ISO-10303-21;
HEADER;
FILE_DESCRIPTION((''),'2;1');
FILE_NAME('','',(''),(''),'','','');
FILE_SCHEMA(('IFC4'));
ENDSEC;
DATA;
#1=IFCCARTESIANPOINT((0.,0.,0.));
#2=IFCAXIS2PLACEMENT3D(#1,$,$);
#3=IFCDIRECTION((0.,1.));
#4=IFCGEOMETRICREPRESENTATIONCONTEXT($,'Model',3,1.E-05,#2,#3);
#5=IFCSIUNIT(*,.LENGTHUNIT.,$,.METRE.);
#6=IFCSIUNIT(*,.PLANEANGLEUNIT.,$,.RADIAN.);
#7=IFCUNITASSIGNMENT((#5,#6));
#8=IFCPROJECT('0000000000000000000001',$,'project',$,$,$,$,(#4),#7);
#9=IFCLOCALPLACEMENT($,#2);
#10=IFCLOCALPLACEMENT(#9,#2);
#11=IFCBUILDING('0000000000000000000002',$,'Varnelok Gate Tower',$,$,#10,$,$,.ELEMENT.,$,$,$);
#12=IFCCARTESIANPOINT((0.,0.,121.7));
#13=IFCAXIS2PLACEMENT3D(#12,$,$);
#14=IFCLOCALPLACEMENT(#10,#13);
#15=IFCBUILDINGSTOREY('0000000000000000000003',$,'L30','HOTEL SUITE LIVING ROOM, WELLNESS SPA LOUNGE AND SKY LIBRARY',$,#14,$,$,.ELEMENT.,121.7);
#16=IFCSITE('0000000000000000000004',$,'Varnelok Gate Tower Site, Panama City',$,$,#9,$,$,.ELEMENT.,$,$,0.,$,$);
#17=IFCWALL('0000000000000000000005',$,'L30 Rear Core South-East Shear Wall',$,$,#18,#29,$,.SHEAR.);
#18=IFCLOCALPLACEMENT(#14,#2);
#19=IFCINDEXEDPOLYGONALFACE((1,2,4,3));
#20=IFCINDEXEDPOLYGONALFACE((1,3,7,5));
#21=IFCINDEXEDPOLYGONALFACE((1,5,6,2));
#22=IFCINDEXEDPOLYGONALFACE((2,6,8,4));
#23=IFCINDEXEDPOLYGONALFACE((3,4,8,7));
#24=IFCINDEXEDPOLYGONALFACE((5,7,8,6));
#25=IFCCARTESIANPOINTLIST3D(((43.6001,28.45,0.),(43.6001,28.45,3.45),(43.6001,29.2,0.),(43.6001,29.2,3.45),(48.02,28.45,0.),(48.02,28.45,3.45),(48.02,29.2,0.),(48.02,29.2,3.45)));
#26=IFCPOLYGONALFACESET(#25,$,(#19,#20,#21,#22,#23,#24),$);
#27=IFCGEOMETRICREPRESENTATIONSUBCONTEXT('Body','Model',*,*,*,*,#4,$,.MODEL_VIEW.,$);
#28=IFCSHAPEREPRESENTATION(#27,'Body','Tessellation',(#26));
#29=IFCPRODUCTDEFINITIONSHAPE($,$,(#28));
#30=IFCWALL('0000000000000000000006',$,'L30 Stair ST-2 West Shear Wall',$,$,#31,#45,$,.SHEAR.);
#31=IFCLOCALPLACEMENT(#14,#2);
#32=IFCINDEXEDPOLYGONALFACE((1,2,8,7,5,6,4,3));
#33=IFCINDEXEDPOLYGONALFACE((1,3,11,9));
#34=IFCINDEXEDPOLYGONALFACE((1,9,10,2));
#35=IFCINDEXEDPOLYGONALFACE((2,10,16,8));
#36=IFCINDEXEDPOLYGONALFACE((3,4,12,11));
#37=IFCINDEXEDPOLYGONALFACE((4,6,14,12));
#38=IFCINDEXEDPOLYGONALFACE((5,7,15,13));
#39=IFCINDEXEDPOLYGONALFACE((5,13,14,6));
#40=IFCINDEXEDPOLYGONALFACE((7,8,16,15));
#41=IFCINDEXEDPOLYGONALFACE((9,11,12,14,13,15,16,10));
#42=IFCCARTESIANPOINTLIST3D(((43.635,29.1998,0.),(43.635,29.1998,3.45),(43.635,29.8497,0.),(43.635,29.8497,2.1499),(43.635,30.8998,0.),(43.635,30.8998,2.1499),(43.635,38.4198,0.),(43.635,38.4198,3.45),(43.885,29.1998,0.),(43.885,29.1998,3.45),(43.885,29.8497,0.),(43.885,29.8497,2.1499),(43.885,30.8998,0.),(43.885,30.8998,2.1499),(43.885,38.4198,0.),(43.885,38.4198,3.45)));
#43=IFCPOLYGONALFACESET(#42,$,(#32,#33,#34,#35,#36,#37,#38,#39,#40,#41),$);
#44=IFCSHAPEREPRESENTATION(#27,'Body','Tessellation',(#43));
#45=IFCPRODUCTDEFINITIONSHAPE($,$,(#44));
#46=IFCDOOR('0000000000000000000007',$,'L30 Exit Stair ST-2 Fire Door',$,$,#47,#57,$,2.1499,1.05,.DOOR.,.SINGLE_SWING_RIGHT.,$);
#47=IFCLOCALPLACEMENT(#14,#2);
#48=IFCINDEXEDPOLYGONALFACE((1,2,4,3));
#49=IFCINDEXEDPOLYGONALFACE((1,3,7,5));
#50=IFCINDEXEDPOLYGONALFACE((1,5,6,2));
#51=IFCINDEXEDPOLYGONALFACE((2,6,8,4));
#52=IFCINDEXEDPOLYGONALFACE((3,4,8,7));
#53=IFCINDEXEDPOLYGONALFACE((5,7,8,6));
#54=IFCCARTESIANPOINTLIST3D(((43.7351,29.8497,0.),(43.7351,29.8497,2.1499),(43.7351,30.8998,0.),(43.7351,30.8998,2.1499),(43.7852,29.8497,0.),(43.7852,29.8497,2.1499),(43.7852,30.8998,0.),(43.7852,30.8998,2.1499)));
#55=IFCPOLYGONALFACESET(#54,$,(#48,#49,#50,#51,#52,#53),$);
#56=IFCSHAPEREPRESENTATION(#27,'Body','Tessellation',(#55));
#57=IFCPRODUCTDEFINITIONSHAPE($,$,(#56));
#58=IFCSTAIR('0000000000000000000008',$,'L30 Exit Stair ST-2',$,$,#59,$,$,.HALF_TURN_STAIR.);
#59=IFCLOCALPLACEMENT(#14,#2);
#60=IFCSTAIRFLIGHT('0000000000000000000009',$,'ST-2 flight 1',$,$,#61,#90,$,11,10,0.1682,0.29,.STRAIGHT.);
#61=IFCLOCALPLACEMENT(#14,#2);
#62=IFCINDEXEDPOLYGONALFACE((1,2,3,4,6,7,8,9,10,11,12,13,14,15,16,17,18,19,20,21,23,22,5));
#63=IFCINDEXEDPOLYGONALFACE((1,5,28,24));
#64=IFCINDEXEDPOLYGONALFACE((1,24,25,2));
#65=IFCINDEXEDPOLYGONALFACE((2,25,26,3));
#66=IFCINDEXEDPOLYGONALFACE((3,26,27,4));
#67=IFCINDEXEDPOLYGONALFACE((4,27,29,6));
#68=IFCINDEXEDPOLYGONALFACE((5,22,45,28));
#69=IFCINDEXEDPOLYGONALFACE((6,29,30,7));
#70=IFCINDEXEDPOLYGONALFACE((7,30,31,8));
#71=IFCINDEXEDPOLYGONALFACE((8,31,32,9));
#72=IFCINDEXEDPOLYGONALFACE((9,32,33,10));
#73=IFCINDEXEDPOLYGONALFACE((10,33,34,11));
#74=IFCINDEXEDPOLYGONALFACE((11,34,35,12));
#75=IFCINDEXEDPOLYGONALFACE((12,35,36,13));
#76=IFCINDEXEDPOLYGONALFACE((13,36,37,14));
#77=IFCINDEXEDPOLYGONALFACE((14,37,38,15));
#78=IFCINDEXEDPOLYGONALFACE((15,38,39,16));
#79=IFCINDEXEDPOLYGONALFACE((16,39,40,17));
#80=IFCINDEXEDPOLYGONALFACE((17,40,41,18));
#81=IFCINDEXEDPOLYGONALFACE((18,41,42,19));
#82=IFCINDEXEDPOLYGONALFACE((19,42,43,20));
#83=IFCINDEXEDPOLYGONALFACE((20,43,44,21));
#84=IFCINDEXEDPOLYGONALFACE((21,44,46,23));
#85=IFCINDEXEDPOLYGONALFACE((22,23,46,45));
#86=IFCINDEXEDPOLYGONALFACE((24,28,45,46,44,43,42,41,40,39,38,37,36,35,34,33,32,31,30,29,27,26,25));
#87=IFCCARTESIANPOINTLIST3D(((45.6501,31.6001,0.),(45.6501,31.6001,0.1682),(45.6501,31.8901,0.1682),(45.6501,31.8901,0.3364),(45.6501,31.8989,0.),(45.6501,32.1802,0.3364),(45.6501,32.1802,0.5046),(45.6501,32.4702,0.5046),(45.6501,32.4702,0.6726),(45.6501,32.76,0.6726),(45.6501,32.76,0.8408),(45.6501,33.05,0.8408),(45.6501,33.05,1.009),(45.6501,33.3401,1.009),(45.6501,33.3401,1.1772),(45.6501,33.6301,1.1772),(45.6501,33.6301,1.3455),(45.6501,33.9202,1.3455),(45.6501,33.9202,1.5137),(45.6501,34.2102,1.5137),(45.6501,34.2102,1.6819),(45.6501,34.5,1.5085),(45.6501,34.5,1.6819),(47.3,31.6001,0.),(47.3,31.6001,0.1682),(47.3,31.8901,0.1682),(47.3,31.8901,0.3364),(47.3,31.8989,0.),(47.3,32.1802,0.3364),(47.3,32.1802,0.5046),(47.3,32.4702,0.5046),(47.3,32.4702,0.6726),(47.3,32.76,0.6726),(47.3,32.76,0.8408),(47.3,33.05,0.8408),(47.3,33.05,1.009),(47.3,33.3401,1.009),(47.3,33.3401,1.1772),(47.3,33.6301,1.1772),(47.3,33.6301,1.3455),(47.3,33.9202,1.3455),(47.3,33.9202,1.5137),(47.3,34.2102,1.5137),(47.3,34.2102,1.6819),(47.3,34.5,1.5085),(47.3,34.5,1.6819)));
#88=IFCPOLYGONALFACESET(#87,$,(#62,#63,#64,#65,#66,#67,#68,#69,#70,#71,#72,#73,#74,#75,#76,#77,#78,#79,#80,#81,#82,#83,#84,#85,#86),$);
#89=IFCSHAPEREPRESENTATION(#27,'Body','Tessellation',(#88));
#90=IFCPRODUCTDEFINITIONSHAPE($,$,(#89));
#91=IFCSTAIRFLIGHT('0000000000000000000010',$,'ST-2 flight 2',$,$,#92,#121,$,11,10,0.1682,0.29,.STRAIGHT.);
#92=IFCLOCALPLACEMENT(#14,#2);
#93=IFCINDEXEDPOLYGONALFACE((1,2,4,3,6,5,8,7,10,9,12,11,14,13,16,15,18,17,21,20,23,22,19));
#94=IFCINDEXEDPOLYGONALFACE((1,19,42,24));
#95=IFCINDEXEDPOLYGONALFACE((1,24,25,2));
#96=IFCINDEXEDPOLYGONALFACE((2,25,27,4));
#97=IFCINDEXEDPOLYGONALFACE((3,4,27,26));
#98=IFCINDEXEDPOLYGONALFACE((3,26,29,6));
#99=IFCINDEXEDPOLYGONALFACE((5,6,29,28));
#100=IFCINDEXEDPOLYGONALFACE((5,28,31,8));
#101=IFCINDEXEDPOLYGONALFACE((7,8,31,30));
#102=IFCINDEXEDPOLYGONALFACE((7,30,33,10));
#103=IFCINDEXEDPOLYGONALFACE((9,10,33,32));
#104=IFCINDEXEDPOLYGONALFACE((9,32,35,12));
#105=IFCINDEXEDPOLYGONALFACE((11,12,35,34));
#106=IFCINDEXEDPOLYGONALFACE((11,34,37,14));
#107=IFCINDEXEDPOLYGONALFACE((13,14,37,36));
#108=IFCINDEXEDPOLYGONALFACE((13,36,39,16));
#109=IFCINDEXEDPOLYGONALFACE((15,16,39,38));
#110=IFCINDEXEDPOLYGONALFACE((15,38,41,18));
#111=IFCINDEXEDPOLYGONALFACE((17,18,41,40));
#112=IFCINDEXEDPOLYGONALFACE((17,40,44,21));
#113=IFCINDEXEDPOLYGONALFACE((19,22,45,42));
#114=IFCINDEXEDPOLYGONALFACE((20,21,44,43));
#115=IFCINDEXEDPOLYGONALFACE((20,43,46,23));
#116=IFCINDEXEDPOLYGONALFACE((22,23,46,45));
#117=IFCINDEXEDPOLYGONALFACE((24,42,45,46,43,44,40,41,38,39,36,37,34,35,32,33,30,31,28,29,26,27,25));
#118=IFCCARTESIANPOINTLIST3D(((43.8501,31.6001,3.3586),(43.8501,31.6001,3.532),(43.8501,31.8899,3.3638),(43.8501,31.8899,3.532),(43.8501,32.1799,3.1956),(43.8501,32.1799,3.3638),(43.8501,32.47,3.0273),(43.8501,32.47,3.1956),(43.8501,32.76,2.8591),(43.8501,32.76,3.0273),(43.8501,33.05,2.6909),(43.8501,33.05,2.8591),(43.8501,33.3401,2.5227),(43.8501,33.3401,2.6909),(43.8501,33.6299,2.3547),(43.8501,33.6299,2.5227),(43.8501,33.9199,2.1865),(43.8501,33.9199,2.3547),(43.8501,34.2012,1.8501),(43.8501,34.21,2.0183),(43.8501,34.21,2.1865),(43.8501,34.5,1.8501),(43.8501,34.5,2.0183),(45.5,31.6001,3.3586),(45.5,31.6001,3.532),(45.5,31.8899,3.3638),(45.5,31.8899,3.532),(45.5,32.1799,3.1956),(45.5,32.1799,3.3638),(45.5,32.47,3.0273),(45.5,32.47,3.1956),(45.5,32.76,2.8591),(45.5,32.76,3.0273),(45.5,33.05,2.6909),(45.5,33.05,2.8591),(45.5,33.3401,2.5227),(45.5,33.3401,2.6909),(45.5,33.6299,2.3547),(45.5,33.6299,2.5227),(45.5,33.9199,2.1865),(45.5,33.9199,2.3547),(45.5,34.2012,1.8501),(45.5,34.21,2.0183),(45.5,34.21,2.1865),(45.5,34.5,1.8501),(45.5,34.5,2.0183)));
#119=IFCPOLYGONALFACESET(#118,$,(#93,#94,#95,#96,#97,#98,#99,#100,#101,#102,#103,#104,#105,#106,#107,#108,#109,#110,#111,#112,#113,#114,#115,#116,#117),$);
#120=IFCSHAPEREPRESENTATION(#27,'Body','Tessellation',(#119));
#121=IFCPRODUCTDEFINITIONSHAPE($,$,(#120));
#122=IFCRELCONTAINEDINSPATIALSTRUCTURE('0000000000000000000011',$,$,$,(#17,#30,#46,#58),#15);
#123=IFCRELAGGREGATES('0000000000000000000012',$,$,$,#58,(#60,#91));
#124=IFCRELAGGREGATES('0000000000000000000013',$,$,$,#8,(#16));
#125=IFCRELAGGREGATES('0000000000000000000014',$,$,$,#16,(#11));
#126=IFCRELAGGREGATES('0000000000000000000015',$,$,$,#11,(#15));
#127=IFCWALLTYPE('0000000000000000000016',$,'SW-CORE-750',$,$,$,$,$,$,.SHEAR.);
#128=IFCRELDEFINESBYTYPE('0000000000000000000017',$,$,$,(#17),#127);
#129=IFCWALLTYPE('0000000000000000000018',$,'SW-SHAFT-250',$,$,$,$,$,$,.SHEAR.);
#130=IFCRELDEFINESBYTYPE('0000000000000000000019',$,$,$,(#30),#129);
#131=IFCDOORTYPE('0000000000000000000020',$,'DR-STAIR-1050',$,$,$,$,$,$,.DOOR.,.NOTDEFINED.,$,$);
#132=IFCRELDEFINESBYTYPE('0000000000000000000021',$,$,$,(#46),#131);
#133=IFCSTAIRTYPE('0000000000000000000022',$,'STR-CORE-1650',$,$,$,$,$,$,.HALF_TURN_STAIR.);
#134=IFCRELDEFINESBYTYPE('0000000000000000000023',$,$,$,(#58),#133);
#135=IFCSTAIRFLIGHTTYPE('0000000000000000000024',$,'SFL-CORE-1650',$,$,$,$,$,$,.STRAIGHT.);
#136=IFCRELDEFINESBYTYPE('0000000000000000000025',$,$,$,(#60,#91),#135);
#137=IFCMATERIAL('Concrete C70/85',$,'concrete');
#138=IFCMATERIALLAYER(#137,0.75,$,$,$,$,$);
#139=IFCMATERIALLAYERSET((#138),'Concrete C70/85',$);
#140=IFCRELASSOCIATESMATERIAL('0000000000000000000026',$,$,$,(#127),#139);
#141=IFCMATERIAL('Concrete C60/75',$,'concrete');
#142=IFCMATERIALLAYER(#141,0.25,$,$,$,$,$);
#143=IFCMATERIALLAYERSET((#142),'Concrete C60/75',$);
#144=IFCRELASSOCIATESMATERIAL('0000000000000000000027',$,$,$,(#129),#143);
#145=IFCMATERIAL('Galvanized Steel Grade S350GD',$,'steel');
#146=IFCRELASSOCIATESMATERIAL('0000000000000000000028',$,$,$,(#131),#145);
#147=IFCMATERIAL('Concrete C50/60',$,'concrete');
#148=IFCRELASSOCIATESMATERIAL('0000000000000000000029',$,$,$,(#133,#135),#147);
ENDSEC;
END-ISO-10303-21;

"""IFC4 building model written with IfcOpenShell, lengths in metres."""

from ifc_helpers import new_model, si_unit, direction, frame, frame_2d, origin, place, context, subcontext, project, spatial, polyline, rectangle, outline, extrude, material, layer, layer_set, type_object, element, fill, aggregate, save


model = new_model("IFC4")

# Units and contexts
model_context = context("Model", 3, precision=1e-05, world=origin(), true_north=direction((0.0, 1.0)))
body_context = subcontext(model_context, "Body", "Model", "MODEL_VIEW")
ifc_project = project(units=[si_unit("LENGTHUNIT", "METRE"), si_unit("PLANEANGLEUNIT", "RADIAN")], contexts=[model_context])

# Site, building, storey
site_placement = place(None, origin())
site = spatial("IfcSite", under=ifc_project, at=site_placement, Name="Varnelok Gate Tower Site, Panama City", CompositionType="ELEMENT", RefElevation=0.0)
building_placement = place(site_placement, origin())
building = spatial("IfcBuilding", under=site, at=building_placement, Name="Varnelok Gate Tower", CompositionType="ELEMENT")
storey_placement = place(building_placement, frame((0.0, 0.0, 121.7)))
storey = spatial("IfcBuildingStorey", under=building, at=storey_placement, Name="L30", Description="HOTEL SUITE LIVING ROOM, WELLNESS SPA LOUNGE AND SKY LIBRARY", CompositionType="ELEMENT", Elevation=121.7)

# Shared definitions
ifc_material_1 = material(Name="Concrete C70/85", Category="concrete")

# Shared definitions
ifc_material_2 = material(Name="Galvanized Steel Grade S350GD", Category="steel")

# Wall
ifc_layer_1 = layer(ifc_material_1, 0.75)
ifc_layer_set_1 = layer_set([ifc_layer_1], Name="Concrete C70/85")
wall_type_1 = type_object("IfcWallType", Name="SW-CORE-750", PredefinedType="SHEAR", material=ifc_layer_set_1)
wall_1_placement = place(storey_placement, frame((43.6001, 28.825, 0.0), z_axis=(0.0, 0.0, 1.0), x_axis=(1.0, 0.0, 0.0)))
element("IfcWall", 1, at=wall_1_placement, inside=storey, type_object=wall_type_1, Name="L30 Rear Core South-East Shear Wall", PredefinedType="SHEAR", context=body_context, shape_type="SweptSolid", body=[
    extrude(rectangle(XDim=4.4199, YDim=0.75, at=frame_2d((2.21, 0.0))), origin(), (0.0, 0.0, 1.0), 3.45),
])

# Wall, opening, door
ifc_material_3 = material(Name="Concrete C60/75", Category="concrete")
ifc_layer_2 = layer(ifc_material_3, 0.25)
ifc_layer_set_2 = layer_set([ifc_layer_2], Name="Concrete C60/75")
wall_type_2 = type_object("IfcWallType", Name="SW-SHAFT-250", PredefinedType="SHEAR", material=ifc_layer_set_2)
wall_2_placement = place(storey_placement, frame((43.76, 29.2, 0.0), z_axis=(0.0, 0.0, 1.0), x_axis=(0.0, 1.0, 0.0)))
wall_2 = element("IfcWall", 2, at=wall_2_placement, inside=storey, type_object=wall_type_2, Name="L30 Stair ST-2 West Shear Wall", PredefinedType="SHEAR", context=body_context, shape_type="SweptSolid", body=[
    extrude(rectangle(XDim=9.22, YDim=0.25, at=frame_2d((4.6099, 0.0))), origin(), (0.0, 0.0, 1.0), 3.45),
])
opening_1_placement = place(wall_2_placement, frame((0.6499, 0.0, 0.0)))
opening_1 = element("IfcOpeningElement", 3, at=opening_1_placement, cuts=wall_2, PredefinedType="OPENING", context=body_context, shape_type="SweptSolid", body=[
    extrude(rectangle(XDim=1.05, YDim=2.1499, at=frame_2d((0.5249, 1.075))), frame((0.0, 0.135, 0.0), z_axis=(0.0, -1.0, 0.0), x_axis=(1.0, 0.0, 0.0)), (0.0, 0.0, 1.0), 0.27),
])
door_type_1 = type_object("IfcDoorType", Name="DR-STAIR-1050", OperationType="NOTDEFINED", PredefinedType="DOOR", material=ifc_material_2)
door_1_placement = place(opening_1_placement, origin())
door_1 = element("IfcDoor", 4, at=door_1_placement, inside=storey, type_object=door_type_1, Name="L30 Exit Stair ST-2 Fire Door", OperationType="SINGLE_SWING_RIGHT", OverallHeight=2.1499, OverallWidth=1.05, PredefinedType="DOOR", context=body_context, shape_type="SweptSolid", body=[
    extrude(rectangle(XDim=1.05, YDim=2.1499, at=frame_2d((0.5249, 1.075))), frame((0.0, 0.0249, 0.0), z_axis=(0.0, -1.0, 0.0), x_axis=(1.0, 0.0, 0.0)), (0.0, 0.0, 1.0), 0.05),
])
fill(opening_1, door_1)

# Stair, stair flights
ifc_material_4 = material(Name="Concrete C50/60", Category="concrete")
stair_type = type_object("IfcStairType", Name="STR-CORE-1650", PredefinedType="HALF_TURN_STAIR", material=ifc_material_4)
stair_placement = place(storey_placement, origin())
stair = element("IfcStair", 5, at=stair_placement, inside=storey, type_object=stair_type, Name="L30 Exit Stair ST-2", PredefinedType="HALF_TURN_STAIR")
stair_flight_type = type_object("IfcStairFlightType", Name="SFL-CORE-1650", PredefinedType="STRAIGHT", material=ifc_material_4)
stair_flight_1_placement = place(storey_placement, frame((46.4751, 31.6001, 0.0), z_axis=(0.0, 0.0, 1.0), x_axis=(0.0, 1.0, 0.0)))
stair_flight_1 = element("IfcStairFlight", 6, at=stair_flight_1_placement, type_object=stair_flight_type, Name="ST-2 flight 1", NumberOfRisers=11, NumberOfTreads=10, PredefinedType="STRAIGHT", RiserHeight=0.1682, TreadLength=0.29, context=body_context, shape_type="SweptSolid", body=[
    extrude(outline(polyline([(0.0, 0.0), (0.0, 0.1682), (0.29, 0.1682), (0.29, 0.3364), (0.5801, 0.3364), (0.5801, 0.5046), (0.8701, 0.5046), (0.8701, 0.6726), (1.1599, 0.6726), (1.1599, 0.8408), (1.45, 0.8408), (1.45, 1.009), (1.74, 1.009), (1.74, 1.1772), (2.03, 1.1772), (2.03, 1.3455), (2.3201, 1.3455), (2.3201, 1.5137), (2.6101, 1.5137), (2.6101, 1.6819), (2.8999, 1.6819), (2.8999, 1.8501), (2.8999, 1.5085), (0.2988, 0.0), (0.0, 0.0)])), frame((0.0, 0.825, 0.0), z_axis=(0.0, -1.0, 0.0), x_axis=(1.0, 0.0, 0.0)), (0.0, 0.0, 1.0), 1.6499),
])
stair_flight_2_placement = place(storey_placement, frame((44.675, 34.5, 1.8501), z_axis=(0.0, 0.0, 1.0), x_axis=(0.0, -1.0, 0.0)))
stair_flight_2 = element("IfcStairFlight", 7, at=stair_flight_2_placement, type_object=stair_flight_type, Name="ST-2 flight 2", NumberOfRisers=11, NumberOfTreads=10, PredefinedType="STRAIGHT", RiserHeight=0.1682, TreadLength=0.29, context=body_context, shape_type="SweptSolid", body=[
    extrude(outline(polyline([(0.0, 0.0), (0.0, 0.1682), (0.29, 0.1682), (0.29, 0.3364), (0.5801, 0.3364), (0.5801, 0.5046), (0.8701, 0.5046), (0.8701, 0.6726), (1.1599, 0.6726), (1.1599, 0.8408), (1.45, 0.8408), (1.45, 1.009), (1.74, 1.009), (1.74, 1.1772), (2.03, 1.1772), (2.03, 1.3455), (2.3201, 1.3455), (2.3201, 1.5137), (2.6101, 1.5137), (2.6101, 1.6819), (2.8999, 1.6819), (2.8999, 1.8501), (2.8999, 1.5085), (0.2988, 0.0), (0.0, 0.0)])), frame((0.0, 0.825, 0.0), z_axis=(0.0, -1.0, 0.0), x_axis=(1.0, 0.0, 0.0)), (0.0, 0.0, 1.0), 1.6499),
])
aggregate(stair, [stair_flight_1, stair_flight_2])

save(model, "model.ifc")
